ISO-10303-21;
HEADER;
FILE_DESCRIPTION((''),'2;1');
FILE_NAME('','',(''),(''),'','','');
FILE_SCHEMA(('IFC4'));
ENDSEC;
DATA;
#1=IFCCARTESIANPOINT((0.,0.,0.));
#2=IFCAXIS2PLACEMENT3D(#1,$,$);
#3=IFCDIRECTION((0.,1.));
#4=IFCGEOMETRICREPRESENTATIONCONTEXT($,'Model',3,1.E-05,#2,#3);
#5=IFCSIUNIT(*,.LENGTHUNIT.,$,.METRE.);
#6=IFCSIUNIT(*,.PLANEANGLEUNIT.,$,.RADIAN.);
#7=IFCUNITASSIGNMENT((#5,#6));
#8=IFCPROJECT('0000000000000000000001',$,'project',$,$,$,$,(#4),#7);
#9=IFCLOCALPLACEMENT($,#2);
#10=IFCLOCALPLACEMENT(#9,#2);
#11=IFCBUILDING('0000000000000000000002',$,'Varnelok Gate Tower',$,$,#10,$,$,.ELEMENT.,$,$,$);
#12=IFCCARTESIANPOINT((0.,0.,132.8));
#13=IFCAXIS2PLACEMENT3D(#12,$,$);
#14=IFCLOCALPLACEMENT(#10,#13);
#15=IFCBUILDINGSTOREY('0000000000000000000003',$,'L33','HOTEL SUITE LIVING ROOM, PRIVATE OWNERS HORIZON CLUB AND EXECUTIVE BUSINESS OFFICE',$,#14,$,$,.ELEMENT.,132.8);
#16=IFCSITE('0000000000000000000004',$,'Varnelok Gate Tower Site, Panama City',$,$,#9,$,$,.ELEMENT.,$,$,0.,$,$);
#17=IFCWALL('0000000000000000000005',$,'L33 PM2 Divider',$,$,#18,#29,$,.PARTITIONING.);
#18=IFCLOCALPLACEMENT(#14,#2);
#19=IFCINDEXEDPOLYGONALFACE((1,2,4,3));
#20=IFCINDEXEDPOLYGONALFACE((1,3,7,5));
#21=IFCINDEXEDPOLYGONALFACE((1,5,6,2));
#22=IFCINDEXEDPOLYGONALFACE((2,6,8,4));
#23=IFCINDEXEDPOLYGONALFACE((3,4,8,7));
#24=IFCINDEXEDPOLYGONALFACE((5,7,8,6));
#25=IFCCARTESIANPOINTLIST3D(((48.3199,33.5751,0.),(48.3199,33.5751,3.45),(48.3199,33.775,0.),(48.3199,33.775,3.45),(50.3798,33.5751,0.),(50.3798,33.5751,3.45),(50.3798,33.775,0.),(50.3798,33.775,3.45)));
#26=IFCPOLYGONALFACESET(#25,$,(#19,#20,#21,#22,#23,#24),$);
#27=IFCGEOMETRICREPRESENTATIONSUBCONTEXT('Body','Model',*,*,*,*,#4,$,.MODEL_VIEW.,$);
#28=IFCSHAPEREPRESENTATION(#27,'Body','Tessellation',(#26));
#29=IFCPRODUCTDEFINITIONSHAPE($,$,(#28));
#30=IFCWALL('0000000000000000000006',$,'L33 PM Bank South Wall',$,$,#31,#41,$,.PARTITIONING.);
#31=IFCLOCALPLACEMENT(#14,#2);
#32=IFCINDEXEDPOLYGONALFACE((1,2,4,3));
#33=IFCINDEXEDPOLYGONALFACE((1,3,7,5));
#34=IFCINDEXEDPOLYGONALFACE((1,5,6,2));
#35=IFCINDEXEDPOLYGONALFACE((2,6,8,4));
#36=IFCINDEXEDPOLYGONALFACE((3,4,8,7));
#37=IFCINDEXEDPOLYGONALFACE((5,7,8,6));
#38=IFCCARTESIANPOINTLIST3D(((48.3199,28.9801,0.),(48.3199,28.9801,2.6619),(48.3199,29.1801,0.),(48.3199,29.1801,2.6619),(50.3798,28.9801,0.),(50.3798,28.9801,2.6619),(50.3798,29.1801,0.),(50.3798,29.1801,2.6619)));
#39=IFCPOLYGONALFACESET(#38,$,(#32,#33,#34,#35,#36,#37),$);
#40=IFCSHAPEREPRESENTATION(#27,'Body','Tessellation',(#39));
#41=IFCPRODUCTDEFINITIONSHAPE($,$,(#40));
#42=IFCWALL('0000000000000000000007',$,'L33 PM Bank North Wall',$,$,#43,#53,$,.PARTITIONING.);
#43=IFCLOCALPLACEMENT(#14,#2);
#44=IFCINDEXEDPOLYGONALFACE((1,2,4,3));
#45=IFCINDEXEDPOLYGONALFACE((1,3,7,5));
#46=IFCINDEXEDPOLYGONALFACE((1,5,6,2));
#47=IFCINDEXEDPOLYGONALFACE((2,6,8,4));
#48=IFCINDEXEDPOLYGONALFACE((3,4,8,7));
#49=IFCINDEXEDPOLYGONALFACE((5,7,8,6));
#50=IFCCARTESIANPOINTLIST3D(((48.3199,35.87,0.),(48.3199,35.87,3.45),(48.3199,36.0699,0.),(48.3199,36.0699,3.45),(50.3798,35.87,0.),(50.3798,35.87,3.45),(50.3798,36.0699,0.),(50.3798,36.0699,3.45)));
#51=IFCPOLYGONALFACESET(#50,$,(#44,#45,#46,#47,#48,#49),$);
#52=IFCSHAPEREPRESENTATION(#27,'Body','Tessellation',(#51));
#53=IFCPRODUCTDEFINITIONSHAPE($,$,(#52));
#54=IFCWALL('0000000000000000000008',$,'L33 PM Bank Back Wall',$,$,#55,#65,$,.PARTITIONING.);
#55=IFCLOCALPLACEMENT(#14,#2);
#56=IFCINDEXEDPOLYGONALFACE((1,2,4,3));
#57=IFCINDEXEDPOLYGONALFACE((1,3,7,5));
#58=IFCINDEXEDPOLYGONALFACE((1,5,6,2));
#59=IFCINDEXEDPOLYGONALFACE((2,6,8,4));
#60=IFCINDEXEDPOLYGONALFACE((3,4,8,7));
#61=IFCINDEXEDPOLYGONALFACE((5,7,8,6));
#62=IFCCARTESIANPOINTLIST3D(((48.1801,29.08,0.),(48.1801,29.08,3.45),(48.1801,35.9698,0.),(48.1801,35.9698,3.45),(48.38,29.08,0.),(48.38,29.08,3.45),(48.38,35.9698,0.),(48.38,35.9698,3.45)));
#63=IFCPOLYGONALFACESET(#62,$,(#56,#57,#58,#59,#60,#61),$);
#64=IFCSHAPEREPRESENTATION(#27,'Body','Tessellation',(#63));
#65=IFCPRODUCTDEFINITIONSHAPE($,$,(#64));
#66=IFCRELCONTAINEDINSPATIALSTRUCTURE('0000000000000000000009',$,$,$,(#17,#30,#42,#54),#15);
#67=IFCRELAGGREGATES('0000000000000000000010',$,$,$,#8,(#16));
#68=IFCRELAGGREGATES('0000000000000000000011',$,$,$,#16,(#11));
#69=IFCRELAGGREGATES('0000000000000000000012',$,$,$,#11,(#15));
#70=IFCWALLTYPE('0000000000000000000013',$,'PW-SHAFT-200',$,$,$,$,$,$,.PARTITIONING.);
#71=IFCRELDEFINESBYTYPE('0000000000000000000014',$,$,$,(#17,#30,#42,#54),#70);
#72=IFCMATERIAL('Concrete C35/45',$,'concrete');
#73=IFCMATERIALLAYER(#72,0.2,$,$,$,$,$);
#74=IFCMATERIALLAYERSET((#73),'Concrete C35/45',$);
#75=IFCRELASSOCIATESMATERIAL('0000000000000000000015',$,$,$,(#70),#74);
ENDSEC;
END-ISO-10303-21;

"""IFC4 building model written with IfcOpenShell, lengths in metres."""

from ifc_helpers import new_model, si_unit, direction, frame, frame_2d, origin, place, context, subcontext, project, spatial, rectangle, extrude, material, layer, layer_set, type_object, element, save


model = new_model("IFC4")

# Units and contexts
model_context = context("Model", 3, precision=1e-05, world=origin(), true_north=direction((0.0, 1.0)))
body_context = subcontext(model_context, "Body", "Model", "MODEL_VIEW")
ifc_project = project(units=[si_unit("LENGTHUNIT", "METRE"), si_unit("PLANEANGLEUNIT", "RADIAN")], contexts=[model_context])

# Site, building, storey
site_placement = place(None, origin())
site = spatial("IfcSite", under=ifc_project, at=site_placement, Name="Varnelok Gate Tower Site, Panama City", CompositionType="ELEMENT", RefElevation=0.0)
building_placement = place(site_placement, origin())
building = spatial("IfcBuilding", under=site, at=building_placement, Name="Varnelok Gate Tower", CompositionType="ELEMENT")
storey_placement = place(building_placement, frame((0.0, 0.0, 132.8)))
storey = spatial("IfcBuildingStorey", under=building, at=storey_placement, Name="L33", Description="HOTEL SUITE LIVING ROOM, PRIVATE OWNERS HORIZON CLUB AND EXECUTIVE BUSINESS OFFICE", CompositionType="ELEMENT", Elevation=132.8)

# Walls
ifc_material_1 = material(Name="Concrete C35/45", Category="concrete")
ifc_layer_1 = layer(ifc_material_1, 0.2)
ifc_layer_set_1 = layer_set([ifc_layer_1], Name="Concrete C35/45")
wall_type_1 = type_object("IfcWallType", Name="PW-SHAFT-200", PredefinedType="PARTITIONING", material=ifc_layer_set_1)
for number, where, z_axis, x_axis, name in (
    (1, (48.3201, 33.675, 0.0), (0.0, 0.0, 1.0), (1.0, 0.0, 0.0), "L33 PM2 Divider"),
):
    element("IfcWall", number, at=place(storey_placement, frame(where, z_axis=z_axis, x_axis=x_axis)), inside=storey, type_object=wall_type_1, Name=name, PredefinedType="PARTITIONING", context=body_context, shape_type="SweptSolid", body=[
        extrude(rectangle(XDim=2.0598, YDim=0.2, at=frame_2d((1.0298, 0.0))), origin(), (0.0, 0.0, 1.0), 3.45),
    ])
wall_1_placement = place(storey_placement, frame((48.3201, 29.0801, 0.0), z_axis=(0.0, 0.0, 1.0), x_axis=(1.0, 0.0, 0.0)))
element("IfcWall", 2, at=wall_1_placement, inside=storey, type_object=wall_type_1, Name="L33 PM Bank South Wall", PredefinedType="PARTITIONING", context=body_context, shape_type="SweptSolid", body=[
    extrude(rectangle(XDim=2.0598, YDim=0.2, at=frame_2d((1.0298, 0.0))), origin(), (0.0, 0.0, 1.0), 2.6619),
])
wall_2_placement = place(storey_placement, frame((48.3201, 35.97, 0.0), z_axis=(0.0, 0.0, 1.0), x_axis=(1.0, 0.0, 0.0)))
element("IfcWall", 3, at=wall_2_placement, inside=storey, type_object=wall_type_1, Name="L33 PM Bank North Wall", PredefinedType="PARTITIONING", context=body_context, shape_type="SweptSolid", body=[
    extrude(rectangle(XDim=2.0598, YDim=0.2, at=frame_2d((1.0298, 0.0))), origin(), (0.0, 0.0, 1.0), 3.45),
])
wall_3_placement = place(storey_placement, frame((48.28, 29.0801, 0.0), z_axis=(0.0, 0.0, 1.0), x_axis=(0.0, 1.0, 0.0)))
element("IfcWall", 4, at=wall_3_placement, inside=storey, type_object=wall_type_1, Name="L33 PM Bank Back Wall", PredefinedType="PARTITIONING", context=body_context, shape_type="SweptSolid", body=[
    extrude(rectangle(XDim=6.8899, YDim=0.2, at=frame_2d((3.4448, 0.0))), origin(), (0.0, 0.0, 1.0), 3.45),
])

save(model, "model.ifc")
